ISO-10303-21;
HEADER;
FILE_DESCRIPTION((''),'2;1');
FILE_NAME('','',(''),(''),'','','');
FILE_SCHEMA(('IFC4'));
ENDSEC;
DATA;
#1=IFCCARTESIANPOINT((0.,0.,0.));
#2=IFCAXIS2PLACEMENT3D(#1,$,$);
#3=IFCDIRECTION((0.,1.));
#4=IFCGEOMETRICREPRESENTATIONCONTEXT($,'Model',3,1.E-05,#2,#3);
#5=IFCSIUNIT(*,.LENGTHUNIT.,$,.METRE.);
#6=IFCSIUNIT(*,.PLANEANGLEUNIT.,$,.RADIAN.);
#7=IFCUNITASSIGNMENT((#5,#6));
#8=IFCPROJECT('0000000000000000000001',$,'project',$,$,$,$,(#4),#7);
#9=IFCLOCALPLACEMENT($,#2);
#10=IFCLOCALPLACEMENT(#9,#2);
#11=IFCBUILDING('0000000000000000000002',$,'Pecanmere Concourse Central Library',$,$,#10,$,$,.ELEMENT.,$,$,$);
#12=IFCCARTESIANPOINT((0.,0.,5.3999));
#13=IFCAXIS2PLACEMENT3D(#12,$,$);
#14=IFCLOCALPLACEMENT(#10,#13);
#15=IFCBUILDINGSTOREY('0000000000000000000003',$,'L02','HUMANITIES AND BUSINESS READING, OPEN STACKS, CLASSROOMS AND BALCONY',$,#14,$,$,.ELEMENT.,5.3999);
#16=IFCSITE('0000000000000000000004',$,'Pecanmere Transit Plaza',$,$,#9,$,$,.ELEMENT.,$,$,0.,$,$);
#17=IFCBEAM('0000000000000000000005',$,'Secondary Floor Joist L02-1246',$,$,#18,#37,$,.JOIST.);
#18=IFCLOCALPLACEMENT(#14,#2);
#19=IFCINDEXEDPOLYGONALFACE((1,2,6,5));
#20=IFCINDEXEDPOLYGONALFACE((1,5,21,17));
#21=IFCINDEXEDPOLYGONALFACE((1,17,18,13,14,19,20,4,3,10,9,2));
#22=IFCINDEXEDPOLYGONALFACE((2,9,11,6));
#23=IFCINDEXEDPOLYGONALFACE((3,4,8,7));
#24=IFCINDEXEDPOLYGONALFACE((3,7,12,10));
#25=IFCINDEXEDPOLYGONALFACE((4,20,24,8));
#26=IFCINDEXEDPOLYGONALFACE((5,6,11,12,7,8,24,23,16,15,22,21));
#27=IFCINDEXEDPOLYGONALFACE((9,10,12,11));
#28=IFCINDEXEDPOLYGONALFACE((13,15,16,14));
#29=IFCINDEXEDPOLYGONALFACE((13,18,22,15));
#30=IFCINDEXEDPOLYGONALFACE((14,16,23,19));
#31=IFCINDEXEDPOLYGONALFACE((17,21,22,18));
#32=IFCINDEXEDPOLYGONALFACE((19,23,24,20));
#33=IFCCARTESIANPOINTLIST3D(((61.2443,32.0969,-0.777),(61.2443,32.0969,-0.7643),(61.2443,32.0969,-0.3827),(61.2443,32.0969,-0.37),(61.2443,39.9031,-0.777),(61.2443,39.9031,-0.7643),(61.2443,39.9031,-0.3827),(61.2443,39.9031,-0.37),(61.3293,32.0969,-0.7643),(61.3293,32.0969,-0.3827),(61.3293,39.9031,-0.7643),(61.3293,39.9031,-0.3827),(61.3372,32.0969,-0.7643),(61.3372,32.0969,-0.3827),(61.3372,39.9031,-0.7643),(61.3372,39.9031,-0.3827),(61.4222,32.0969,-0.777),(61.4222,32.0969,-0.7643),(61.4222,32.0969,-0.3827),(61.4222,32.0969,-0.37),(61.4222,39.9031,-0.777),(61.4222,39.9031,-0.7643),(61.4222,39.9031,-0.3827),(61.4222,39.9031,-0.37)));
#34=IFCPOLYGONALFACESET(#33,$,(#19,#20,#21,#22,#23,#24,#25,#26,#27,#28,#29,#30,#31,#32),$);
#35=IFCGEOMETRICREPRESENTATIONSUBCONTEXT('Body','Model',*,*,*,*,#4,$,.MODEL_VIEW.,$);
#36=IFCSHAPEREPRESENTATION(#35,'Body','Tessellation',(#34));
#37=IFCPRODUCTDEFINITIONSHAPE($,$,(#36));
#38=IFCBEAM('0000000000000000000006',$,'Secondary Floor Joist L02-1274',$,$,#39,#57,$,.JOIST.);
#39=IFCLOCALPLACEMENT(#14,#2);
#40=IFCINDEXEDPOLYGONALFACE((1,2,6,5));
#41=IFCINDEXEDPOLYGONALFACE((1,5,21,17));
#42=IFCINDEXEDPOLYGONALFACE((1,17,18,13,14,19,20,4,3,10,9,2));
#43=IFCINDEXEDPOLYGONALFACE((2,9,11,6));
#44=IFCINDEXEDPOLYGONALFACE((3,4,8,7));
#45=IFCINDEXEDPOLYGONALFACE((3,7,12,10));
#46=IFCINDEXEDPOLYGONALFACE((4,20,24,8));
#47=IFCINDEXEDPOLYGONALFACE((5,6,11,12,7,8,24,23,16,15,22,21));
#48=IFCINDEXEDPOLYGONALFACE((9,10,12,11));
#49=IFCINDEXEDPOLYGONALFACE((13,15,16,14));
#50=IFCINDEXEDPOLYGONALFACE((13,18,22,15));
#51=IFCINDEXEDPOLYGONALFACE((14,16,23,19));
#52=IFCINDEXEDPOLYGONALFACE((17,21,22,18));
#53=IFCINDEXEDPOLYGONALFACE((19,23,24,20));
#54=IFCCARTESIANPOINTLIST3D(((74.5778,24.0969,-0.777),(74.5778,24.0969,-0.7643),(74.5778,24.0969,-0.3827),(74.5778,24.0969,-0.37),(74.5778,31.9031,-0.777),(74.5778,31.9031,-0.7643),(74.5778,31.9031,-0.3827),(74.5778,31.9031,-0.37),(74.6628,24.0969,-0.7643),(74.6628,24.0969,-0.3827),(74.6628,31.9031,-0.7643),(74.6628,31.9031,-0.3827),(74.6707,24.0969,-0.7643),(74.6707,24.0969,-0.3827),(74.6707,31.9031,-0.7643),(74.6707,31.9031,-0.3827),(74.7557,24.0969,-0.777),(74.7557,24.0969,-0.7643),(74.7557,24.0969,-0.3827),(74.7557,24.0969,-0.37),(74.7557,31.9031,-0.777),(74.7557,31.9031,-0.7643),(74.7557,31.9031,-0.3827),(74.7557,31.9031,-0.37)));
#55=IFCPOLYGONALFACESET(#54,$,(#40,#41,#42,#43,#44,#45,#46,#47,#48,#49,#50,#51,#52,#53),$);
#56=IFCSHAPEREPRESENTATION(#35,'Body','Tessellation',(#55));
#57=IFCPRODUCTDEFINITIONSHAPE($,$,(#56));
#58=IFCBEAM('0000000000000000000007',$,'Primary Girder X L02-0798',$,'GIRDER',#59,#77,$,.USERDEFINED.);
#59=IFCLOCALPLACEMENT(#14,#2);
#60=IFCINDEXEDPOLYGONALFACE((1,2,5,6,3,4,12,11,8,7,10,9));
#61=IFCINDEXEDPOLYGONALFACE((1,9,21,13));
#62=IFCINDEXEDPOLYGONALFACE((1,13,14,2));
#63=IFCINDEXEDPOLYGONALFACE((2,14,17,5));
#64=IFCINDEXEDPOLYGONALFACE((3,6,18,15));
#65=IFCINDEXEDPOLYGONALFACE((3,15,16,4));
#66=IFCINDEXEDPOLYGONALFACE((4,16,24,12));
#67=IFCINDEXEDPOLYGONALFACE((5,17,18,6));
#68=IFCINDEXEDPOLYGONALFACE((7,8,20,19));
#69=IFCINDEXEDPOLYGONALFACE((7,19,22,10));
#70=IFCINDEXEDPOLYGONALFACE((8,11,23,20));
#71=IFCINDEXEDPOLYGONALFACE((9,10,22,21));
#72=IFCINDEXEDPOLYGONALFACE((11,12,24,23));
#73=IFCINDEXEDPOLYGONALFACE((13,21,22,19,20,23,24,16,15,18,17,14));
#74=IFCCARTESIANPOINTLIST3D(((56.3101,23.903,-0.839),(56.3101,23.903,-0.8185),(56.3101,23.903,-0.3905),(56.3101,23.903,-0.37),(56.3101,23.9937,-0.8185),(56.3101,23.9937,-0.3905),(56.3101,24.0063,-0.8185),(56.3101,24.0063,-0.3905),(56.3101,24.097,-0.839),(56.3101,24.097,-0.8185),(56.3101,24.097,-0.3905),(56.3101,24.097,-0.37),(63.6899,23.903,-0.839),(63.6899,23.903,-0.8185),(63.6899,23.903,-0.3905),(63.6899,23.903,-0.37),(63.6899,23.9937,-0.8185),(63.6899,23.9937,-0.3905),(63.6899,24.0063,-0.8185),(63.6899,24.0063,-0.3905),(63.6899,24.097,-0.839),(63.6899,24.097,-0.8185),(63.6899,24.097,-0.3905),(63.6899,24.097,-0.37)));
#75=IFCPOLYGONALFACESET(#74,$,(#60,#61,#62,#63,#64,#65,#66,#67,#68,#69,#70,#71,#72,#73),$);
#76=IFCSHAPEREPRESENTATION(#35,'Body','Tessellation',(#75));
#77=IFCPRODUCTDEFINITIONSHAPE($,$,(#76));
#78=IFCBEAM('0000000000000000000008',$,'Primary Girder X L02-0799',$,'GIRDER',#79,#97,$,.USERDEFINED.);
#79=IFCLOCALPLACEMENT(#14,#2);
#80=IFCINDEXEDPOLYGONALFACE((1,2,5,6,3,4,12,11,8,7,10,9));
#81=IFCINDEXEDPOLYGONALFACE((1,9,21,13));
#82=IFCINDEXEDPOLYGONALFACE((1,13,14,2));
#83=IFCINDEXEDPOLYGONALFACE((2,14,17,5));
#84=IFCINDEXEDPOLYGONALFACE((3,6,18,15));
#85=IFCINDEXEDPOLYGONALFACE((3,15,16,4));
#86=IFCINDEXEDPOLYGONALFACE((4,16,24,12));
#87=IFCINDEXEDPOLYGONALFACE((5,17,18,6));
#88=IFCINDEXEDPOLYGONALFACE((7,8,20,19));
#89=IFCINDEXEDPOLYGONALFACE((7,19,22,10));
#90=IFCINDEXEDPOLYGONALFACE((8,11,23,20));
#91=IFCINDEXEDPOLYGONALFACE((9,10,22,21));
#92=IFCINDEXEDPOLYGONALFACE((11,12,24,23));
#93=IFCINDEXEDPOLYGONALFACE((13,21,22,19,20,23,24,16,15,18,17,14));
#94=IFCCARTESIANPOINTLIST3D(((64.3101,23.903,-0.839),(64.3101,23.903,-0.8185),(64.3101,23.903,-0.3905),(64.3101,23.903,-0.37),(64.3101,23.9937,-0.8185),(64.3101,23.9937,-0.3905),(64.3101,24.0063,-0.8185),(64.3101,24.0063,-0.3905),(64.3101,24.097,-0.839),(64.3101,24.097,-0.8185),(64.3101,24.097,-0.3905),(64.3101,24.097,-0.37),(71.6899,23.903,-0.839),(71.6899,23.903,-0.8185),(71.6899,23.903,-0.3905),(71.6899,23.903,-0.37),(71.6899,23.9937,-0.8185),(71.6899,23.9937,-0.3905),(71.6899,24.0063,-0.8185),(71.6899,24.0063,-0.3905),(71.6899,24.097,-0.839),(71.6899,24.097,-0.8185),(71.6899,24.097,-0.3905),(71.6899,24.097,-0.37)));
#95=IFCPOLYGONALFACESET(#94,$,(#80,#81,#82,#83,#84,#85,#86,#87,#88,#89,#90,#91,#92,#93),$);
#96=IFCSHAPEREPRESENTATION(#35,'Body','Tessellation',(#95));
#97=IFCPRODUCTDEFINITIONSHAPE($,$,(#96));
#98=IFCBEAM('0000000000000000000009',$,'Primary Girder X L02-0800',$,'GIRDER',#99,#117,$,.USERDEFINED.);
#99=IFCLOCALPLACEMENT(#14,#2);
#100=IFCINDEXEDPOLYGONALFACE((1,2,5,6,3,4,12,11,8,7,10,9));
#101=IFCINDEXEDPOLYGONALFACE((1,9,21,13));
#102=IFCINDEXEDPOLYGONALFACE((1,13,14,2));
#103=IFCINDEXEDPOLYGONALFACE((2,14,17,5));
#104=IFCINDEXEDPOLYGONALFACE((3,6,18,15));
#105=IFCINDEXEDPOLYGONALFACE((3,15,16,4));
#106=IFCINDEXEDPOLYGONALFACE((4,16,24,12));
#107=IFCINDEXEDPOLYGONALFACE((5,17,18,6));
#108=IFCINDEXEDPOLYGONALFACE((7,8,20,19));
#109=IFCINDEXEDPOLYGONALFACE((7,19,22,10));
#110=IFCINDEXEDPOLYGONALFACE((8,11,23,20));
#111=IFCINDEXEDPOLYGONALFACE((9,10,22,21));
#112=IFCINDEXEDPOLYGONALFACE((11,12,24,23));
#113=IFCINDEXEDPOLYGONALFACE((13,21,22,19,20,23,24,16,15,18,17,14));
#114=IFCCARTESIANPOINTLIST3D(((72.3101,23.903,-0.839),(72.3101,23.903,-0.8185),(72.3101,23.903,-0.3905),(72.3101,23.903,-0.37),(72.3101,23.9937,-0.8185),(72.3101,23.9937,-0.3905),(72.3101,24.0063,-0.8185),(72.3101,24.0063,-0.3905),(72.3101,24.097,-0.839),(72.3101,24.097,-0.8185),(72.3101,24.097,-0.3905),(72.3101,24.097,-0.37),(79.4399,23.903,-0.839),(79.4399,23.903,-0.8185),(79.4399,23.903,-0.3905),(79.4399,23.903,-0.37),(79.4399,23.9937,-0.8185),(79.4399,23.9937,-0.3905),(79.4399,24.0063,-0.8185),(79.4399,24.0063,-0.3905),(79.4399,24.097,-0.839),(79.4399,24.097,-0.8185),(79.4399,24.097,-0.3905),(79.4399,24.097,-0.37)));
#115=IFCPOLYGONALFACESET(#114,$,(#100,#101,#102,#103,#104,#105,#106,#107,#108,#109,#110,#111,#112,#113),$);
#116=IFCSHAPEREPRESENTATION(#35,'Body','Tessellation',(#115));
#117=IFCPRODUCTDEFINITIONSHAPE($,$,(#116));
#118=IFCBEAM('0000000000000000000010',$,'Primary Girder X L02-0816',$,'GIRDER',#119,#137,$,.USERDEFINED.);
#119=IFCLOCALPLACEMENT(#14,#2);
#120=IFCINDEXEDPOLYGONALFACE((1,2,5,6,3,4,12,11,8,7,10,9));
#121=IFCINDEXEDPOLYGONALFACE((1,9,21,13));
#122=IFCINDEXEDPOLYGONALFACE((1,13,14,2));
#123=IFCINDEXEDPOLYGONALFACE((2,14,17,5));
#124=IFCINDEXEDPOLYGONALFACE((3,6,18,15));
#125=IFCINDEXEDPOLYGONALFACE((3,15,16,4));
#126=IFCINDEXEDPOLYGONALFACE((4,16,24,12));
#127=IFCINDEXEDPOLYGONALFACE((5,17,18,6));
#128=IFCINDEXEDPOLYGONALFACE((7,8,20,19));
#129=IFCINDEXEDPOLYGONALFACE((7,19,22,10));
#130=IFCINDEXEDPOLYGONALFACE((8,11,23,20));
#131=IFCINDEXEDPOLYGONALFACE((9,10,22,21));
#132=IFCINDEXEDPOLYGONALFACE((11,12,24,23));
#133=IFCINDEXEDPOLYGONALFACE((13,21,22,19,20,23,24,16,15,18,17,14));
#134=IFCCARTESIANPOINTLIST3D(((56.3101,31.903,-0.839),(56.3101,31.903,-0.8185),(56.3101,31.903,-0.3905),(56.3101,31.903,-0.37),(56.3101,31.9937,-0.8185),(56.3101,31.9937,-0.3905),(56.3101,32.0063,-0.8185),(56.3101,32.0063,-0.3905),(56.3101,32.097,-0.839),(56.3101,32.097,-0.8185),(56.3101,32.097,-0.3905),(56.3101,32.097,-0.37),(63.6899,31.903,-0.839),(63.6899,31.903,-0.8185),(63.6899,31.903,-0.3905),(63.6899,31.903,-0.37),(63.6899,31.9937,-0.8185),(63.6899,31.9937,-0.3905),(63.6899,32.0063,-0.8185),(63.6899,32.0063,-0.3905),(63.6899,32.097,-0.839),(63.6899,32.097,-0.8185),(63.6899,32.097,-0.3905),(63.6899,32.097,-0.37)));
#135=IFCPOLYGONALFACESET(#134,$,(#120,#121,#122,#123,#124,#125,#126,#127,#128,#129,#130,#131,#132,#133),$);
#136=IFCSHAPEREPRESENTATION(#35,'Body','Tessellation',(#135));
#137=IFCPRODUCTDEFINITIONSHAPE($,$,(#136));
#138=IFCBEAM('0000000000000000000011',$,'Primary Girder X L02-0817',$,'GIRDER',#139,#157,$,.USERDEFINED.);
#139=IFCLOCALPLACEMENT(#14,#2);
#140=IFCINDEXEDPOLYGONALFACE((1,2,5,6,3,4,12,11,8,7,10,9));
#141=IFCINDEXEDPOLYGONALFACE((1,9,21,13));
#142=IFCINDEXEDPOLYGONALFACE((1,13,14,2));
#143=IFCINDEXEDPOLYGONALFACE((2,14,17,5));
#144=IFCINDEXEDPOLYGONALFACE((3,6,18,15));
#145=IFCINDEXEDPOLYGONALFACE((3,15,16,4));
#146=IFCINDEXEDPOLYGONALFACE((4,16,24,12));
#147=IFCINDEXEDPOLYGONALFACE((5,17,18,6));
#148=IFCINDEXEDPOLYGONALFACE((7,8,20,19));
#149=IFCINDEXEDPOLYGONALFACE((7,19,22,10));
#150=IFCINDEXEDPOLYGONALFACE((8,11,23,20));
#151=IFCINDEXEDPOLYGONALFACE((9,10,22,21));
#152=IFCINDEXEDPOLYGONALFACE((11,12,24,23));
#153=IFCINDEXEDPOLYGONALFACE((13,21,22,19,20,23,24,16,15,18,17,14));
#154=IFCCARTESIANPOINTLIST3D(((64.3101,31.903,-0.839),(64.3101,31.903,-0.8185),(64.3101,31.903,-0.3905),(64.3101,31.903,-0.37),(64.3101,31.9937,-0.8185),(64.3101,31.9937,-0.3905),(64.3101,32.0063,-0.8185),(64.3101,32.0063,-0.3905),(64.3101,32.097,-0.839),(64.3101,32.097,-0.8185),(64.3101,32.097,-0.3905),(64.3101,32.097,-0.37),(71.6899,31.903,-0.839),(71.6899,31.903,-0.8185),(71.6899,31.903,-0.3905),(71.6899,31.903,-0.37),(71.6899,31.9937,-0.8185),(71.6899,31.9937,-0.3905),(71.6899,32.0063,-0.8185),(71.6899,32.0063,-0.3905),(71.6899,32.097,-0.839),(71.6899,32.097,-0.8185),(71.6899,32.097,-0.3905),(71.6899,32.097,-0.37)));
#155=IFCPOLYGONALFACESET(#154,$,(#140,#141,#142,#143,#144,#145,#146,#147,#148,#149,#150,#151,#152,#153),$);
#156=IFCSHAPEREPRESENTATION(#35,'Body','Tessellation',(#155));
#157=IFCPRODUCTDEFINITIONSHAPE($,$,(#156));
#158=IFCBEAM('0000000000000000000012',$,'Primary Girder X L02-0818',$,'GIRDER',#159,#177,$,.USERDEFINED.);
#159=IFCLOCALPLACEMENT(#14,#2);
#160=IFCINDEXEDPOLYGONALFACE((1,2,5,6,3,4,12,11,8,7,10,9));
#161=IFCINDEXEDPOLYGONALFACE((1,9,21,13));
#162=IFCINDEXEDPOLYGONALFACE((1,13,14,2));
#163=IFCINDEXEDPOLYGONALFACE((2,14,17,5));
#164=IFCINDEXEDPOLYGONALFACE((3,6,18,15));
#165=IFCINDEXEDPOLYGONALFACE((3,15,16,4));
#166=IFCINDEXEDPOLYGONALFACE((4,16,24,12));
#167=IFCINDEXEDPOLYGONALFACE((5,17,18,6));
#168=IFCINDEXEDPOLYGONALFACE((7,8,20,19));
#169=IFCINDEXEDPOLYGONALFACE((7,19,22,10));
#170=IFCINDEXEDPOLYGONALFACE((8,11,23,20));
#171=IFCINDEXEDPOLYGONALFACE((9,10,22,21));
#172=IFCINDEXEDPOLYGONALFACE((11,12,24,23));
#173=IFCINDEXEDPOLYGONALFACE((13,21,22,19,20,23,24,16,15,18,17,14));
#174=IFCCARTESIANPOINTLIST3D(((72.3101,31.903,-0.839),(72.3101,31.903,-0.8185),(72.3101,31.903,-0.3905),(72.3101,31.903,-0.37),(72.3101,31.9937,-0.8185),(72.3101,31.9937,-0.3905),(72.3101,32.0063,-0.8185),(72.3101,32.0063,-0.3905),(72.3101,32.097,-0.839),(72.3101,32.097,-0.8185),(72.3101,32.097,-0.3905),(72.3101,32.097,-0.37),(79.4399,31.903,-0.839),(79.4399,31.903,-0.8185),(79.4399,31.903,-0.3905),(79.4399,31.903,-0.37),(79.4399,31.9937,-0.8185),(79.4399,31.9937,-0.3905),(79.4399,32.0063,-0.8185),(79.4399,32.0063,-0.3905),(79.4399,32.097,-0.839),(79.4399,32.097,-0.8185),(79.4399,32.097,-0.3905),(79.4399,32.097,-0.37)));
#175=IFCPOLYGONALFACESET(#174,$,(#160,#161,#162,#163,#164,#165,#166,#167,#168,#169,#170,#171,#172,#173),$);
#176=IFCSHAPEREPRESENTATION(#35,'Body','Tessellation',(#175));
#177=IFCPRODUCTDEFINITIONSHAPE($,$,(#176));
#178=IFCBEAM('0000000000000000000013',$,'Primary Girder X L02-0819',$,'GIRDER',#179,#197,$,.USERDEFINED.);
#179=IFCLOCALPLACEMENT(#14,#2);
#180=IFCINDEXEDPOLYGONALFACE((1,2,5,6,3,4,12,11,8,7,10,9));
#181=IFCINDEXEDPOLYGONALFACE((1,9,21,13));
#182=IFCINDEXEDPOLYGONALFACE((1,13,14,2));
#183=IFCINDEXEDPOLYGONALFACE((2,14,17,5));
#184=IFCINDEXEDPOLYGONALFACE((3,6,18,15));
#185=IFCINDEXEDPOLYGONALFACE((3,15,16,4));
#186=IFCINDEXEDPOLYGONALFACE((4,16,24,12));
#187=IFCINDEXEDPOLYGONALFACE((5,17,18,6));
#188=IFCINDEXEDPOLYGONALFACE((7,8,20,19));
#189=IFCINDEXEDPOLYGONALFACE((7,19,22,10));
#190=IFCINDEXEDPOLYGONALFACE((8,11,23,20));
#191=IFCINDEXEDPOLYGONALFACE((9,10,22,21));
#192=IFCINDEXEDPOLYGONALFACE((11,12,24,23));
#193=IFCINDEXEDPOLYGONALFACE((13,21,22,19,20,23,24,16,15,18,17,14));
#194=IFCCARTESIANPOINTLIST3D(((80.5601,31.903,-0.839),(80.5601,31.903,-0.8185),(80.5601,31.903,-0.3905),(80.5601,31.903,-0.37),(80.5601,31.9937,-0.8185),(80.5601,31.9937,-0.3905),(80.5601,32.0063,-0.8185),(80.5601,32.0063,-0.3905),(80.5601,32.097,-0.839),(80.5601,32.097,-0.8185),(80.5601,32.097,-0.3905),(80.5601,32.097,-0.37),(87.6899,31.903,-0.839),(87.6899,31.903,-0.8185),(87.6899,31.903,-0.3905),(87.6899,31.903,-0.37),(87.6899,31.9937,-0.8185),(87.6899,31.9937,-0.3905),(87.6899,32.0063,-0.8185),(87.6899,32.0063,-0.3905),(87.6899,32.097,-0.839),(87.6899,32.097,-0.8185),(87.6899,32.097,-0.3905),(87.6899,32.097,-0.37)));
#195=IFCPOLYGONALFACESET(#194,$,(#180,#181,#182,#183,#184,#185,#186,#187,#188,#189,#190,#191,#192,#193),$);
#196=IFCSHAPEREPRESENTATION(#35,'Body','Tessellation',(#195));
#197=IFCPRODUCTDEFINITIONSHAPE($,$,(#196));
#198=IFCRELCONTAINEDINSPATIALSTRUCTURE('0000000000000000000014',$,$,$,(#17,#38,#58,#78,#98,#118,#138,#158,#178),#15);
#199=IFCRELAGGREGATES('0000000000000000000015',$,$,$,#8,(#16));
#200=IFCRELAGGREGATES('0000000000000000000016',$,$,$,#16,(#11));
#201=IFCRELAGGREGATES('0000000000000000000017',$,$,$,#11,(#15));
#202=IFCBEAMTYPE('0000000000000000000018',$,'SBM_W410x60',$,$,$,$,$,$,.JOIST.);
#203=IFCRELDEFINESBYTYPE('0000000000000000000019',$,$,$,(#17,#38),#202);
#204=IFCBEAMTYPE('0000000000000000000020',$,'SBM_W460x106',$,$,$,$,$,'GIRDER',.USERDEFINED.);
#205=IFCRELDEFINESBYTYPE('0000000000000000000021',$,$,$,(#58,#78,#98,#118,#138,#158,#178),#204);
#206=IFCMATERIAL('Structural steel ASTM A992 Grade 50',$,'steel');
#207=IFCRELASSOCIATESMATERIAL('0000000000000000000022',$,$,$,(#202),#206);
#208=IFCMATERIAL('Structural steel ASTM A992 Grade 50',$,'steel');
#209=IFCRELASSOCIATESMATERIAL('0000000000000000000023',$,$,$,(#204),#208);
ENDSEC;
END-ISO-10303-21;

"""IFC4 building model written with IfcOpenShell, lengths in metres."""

from ifc_helpers import new_model, si_unit, direction, frame, origin, origin_2d, place, context, subcontext, project, spatial, i_section, extrude, material, material_profile, profile_set, type_object, element, save


model = new_model("IFC4")

# Units and contexts
model_context = context("Model", 3, precision=1e-05, world=origin(), true_north=direction((0.0, 1.0)))
body_context = subcontext(model_context, "Body", "Model", "MODEL_VIEW")
ifc_project = project(units=[si_unit("LENGTHUNIT", "METRE"), si_unit("PLANEANGLEUNIT", "RADIAN")], contexts=[model_context])

# Site, building, storey
site_placement = place(None, origin())
site = spatial("IfcSite", under=ifc_project, at=site_placement, Name="Pecanmere Transit Plaza", CompositionType="ELEMENT", RefElevation=0.0)
building_placement = place(site_placement, origin())
building = spatial("IfcBuilding", under=site, at=building_placement, Name="Pecanmere Concourse Central Library", CompositionType="ELEMENT")
storey_placement = place(building_placement, frame((0.0, 0.0, 5.3999)))
storey = spatial("IfcBuildingStorey", under=building, at=storey_placement, Name="L02", Description="HUMANITIES AND BUSINESS READING, OPEN STACKS, CLASSROOMS AND BALCONY", CompositionType="ELEMENT", Elevation=5.3999)

# Beams
ifc_material_1 = material(Name="Structural steel ASTM A992 Grade 50", Category="steel")
ifc_material_profile_1 = material_profile(ifc_material_1, i_section(OverallWidth=0.178, OverallDepth=0.407, WebThickness=0.0078, FlangeThickness=0.0127, at=origin_2d()), Name="W410x60")
ifc_profile_set_1 = profile_set([ifc_material_profile_1], Name="Structural steel ASTM A992 Grade 50")
beam_type_1 = type_object("IfcBeamType", Name="SBM_W410x60", PredefinedType="JOIST", material=ifc_profile_set_1)
for number, where, z_axis, x_axis, name in (
    (1, (61.3333, 32.0969, -0.5735), (0.0, 1.0, 0.0), (-1.0, 0.0, 0.0), "Secondary Floor Joist L02-1246"),
    (2, (74.6667, 24.0969, -0.5735), (0.0, 1.0, 0.0), (-1.0, 0.0, 0.0), "Secondary Floor Joist L02-1274"),
):
    element("IfcBeam", number, at=place(storey_placement, frame(where, z_axis=z_axis, x_axis=x_axis)), inside=storey, type_object=beam_type_1, Name=name, PredefinedType="JOIST", context=body_context, shape_type="SweptSolid", body=[
        extrude(i_section(OverallWidth=0.178, OverallDepth=0.407, WebThickness=0.0078, FlangeThickness=0.0127, at=origin_2d()), origin(), (0.0, 0.0, 1.0), 7.8062),
    ])
ifc_material_2 = material(Name="Structural steel ASTM A992 Grade 50", Category="steel")
ifc_material_profile_2 = material_profile(ifc_material_2, i_section(OverallWidth=0.1941, OverallDepth=0.469, WebThickness=0.0127, FlangeThickness=0.0205, at=origin_2d()), Name="W460x106")
ifc_profile_set_2 = profile_set([ifc_material_profile_2], Name="Structural steel ASTM A992 Grade 50")
beam_type_2 = type_object("IfcBeamType", Name="SBM_W460x106", ElementType="GIRDER", PredefinedType="USERDEFINED", material=ifc_profile_set_2)
for number, where, z_axis, x_axis, name in (
    (3, (56.3101, 24.0, -0.6045), (1.0, 0.0, 0.0), (0.0, 1.0, 0.0), "Primary Girder X L02-0798"),
    (4, (64.3101, 24.0, -0.6045), (1.0, 0.0, 0.0), (0.0, 1.0, 0.0), "Primary Girder X L02-0799"),
):
    element("IfcBeam", number, at=place(storey_placement, frame(where, z_axis=z_axis, x_axis=x_axis)), inside=storey, type_object=beam_type_2, Name=name, ObjectType="GIRDER", PredefinedType="USERDEFINED", context=body_context, shape_type="SweptSolid", body=[
        extrude(i_section(OverallWidth=0.1941, OverallDepth=0.469, WebThickness=0.0127, FlangeThickness=0.0205, at=origin_2d()), origin(), (0.0, 0.0, 1.0), 7.3799),
    ])
beam_1_placement = place(storey_placement, frame((72.3101, 24.0, -0.6045), z_axis=(1.0, 0.0, 0.0), x_axis=(0.0, 1.0, 0.0)))
element("IfcBeam", 5, at=beam_1_placement, inside=storey, type_object=beam_type_2, Name="Primary Girder X L02-0800", ObjectType="GIRDER", PredefinedType="USERDEFINED", context=body_context, shape_type="SweptSolid", body=[
    extrude(i_section(OverallWidth=0.1941, OverallDepth=0.469, WebThickness=0.0127, FlangeThickness=0.0205, at=origin_2d()), origin(), (0.0, 0.0, 1.0), 7.1299),
])
for number, where, z_axis, x_axis, name in (
    (6, (56.3101, 32.0, -0.6045), (1.0, 0.0, 0.0), (0.0, 1.0, 0.0), "Primary Girder X L02-0816"),
    (7, (64.3101, 32.0, -0.6045), (1.0, 0.0, 0.0), (0.0, 1.0, 0.0), "Primary Girder X L02-0817"),
):
    element("IfcBeam", number, at=place(storey_placement, frame(where, z_axis=z_axis, x_axis=x_axis)), inside=storey, type_object=beam_type_2, Name=name, ObjectType="GIRDER", PredefinedType="USERDEFINED", context=body_context, shape_type="SweptSolid", body=[
        extrude(i_section(OverallWidth=0.1941, OverallDepth=0.469, WebThickness=0.0127, FlangeThickness=0.0205, at=origin_2d()), origin(), (0.0, 0.0, 1.0), 7.3799),
    ])
for number, where, z_axis, x_axis, name in (
    (8, (72.3101, 32.0, -0.6045), (1.0, 0.0, 0.0), (0.0, 1.0, 0.0), "Primary Girder X L02-0818"),
    (9, (80.5601, 32.0, -0.6045), (1.0, 0.0, 0.0), (0.0, 1.0, 0.0), "Primary Girder X L02-0819"),
):
    element("IfcBeam", number, at=place(storey_placement, frame(where, z_axis=z_axis, x_axis=x_axis)), inside=storey, type_object=beam_type_2, Name=name, ObjectType="GIRDER", PredefinedType="USERDEFINED", context=body_context, shape_type="SweptSolid", body=[
        extrude(i_section(OverallWidth=0.1941, OverallDepth=0.469, WebThickness=0.0127, FlangeThickness=0.0205, at=origin_2d()), origin(), (0.0, 0.0, 1.0), 7.1299),
    ])

save(model, "model.ifc")
